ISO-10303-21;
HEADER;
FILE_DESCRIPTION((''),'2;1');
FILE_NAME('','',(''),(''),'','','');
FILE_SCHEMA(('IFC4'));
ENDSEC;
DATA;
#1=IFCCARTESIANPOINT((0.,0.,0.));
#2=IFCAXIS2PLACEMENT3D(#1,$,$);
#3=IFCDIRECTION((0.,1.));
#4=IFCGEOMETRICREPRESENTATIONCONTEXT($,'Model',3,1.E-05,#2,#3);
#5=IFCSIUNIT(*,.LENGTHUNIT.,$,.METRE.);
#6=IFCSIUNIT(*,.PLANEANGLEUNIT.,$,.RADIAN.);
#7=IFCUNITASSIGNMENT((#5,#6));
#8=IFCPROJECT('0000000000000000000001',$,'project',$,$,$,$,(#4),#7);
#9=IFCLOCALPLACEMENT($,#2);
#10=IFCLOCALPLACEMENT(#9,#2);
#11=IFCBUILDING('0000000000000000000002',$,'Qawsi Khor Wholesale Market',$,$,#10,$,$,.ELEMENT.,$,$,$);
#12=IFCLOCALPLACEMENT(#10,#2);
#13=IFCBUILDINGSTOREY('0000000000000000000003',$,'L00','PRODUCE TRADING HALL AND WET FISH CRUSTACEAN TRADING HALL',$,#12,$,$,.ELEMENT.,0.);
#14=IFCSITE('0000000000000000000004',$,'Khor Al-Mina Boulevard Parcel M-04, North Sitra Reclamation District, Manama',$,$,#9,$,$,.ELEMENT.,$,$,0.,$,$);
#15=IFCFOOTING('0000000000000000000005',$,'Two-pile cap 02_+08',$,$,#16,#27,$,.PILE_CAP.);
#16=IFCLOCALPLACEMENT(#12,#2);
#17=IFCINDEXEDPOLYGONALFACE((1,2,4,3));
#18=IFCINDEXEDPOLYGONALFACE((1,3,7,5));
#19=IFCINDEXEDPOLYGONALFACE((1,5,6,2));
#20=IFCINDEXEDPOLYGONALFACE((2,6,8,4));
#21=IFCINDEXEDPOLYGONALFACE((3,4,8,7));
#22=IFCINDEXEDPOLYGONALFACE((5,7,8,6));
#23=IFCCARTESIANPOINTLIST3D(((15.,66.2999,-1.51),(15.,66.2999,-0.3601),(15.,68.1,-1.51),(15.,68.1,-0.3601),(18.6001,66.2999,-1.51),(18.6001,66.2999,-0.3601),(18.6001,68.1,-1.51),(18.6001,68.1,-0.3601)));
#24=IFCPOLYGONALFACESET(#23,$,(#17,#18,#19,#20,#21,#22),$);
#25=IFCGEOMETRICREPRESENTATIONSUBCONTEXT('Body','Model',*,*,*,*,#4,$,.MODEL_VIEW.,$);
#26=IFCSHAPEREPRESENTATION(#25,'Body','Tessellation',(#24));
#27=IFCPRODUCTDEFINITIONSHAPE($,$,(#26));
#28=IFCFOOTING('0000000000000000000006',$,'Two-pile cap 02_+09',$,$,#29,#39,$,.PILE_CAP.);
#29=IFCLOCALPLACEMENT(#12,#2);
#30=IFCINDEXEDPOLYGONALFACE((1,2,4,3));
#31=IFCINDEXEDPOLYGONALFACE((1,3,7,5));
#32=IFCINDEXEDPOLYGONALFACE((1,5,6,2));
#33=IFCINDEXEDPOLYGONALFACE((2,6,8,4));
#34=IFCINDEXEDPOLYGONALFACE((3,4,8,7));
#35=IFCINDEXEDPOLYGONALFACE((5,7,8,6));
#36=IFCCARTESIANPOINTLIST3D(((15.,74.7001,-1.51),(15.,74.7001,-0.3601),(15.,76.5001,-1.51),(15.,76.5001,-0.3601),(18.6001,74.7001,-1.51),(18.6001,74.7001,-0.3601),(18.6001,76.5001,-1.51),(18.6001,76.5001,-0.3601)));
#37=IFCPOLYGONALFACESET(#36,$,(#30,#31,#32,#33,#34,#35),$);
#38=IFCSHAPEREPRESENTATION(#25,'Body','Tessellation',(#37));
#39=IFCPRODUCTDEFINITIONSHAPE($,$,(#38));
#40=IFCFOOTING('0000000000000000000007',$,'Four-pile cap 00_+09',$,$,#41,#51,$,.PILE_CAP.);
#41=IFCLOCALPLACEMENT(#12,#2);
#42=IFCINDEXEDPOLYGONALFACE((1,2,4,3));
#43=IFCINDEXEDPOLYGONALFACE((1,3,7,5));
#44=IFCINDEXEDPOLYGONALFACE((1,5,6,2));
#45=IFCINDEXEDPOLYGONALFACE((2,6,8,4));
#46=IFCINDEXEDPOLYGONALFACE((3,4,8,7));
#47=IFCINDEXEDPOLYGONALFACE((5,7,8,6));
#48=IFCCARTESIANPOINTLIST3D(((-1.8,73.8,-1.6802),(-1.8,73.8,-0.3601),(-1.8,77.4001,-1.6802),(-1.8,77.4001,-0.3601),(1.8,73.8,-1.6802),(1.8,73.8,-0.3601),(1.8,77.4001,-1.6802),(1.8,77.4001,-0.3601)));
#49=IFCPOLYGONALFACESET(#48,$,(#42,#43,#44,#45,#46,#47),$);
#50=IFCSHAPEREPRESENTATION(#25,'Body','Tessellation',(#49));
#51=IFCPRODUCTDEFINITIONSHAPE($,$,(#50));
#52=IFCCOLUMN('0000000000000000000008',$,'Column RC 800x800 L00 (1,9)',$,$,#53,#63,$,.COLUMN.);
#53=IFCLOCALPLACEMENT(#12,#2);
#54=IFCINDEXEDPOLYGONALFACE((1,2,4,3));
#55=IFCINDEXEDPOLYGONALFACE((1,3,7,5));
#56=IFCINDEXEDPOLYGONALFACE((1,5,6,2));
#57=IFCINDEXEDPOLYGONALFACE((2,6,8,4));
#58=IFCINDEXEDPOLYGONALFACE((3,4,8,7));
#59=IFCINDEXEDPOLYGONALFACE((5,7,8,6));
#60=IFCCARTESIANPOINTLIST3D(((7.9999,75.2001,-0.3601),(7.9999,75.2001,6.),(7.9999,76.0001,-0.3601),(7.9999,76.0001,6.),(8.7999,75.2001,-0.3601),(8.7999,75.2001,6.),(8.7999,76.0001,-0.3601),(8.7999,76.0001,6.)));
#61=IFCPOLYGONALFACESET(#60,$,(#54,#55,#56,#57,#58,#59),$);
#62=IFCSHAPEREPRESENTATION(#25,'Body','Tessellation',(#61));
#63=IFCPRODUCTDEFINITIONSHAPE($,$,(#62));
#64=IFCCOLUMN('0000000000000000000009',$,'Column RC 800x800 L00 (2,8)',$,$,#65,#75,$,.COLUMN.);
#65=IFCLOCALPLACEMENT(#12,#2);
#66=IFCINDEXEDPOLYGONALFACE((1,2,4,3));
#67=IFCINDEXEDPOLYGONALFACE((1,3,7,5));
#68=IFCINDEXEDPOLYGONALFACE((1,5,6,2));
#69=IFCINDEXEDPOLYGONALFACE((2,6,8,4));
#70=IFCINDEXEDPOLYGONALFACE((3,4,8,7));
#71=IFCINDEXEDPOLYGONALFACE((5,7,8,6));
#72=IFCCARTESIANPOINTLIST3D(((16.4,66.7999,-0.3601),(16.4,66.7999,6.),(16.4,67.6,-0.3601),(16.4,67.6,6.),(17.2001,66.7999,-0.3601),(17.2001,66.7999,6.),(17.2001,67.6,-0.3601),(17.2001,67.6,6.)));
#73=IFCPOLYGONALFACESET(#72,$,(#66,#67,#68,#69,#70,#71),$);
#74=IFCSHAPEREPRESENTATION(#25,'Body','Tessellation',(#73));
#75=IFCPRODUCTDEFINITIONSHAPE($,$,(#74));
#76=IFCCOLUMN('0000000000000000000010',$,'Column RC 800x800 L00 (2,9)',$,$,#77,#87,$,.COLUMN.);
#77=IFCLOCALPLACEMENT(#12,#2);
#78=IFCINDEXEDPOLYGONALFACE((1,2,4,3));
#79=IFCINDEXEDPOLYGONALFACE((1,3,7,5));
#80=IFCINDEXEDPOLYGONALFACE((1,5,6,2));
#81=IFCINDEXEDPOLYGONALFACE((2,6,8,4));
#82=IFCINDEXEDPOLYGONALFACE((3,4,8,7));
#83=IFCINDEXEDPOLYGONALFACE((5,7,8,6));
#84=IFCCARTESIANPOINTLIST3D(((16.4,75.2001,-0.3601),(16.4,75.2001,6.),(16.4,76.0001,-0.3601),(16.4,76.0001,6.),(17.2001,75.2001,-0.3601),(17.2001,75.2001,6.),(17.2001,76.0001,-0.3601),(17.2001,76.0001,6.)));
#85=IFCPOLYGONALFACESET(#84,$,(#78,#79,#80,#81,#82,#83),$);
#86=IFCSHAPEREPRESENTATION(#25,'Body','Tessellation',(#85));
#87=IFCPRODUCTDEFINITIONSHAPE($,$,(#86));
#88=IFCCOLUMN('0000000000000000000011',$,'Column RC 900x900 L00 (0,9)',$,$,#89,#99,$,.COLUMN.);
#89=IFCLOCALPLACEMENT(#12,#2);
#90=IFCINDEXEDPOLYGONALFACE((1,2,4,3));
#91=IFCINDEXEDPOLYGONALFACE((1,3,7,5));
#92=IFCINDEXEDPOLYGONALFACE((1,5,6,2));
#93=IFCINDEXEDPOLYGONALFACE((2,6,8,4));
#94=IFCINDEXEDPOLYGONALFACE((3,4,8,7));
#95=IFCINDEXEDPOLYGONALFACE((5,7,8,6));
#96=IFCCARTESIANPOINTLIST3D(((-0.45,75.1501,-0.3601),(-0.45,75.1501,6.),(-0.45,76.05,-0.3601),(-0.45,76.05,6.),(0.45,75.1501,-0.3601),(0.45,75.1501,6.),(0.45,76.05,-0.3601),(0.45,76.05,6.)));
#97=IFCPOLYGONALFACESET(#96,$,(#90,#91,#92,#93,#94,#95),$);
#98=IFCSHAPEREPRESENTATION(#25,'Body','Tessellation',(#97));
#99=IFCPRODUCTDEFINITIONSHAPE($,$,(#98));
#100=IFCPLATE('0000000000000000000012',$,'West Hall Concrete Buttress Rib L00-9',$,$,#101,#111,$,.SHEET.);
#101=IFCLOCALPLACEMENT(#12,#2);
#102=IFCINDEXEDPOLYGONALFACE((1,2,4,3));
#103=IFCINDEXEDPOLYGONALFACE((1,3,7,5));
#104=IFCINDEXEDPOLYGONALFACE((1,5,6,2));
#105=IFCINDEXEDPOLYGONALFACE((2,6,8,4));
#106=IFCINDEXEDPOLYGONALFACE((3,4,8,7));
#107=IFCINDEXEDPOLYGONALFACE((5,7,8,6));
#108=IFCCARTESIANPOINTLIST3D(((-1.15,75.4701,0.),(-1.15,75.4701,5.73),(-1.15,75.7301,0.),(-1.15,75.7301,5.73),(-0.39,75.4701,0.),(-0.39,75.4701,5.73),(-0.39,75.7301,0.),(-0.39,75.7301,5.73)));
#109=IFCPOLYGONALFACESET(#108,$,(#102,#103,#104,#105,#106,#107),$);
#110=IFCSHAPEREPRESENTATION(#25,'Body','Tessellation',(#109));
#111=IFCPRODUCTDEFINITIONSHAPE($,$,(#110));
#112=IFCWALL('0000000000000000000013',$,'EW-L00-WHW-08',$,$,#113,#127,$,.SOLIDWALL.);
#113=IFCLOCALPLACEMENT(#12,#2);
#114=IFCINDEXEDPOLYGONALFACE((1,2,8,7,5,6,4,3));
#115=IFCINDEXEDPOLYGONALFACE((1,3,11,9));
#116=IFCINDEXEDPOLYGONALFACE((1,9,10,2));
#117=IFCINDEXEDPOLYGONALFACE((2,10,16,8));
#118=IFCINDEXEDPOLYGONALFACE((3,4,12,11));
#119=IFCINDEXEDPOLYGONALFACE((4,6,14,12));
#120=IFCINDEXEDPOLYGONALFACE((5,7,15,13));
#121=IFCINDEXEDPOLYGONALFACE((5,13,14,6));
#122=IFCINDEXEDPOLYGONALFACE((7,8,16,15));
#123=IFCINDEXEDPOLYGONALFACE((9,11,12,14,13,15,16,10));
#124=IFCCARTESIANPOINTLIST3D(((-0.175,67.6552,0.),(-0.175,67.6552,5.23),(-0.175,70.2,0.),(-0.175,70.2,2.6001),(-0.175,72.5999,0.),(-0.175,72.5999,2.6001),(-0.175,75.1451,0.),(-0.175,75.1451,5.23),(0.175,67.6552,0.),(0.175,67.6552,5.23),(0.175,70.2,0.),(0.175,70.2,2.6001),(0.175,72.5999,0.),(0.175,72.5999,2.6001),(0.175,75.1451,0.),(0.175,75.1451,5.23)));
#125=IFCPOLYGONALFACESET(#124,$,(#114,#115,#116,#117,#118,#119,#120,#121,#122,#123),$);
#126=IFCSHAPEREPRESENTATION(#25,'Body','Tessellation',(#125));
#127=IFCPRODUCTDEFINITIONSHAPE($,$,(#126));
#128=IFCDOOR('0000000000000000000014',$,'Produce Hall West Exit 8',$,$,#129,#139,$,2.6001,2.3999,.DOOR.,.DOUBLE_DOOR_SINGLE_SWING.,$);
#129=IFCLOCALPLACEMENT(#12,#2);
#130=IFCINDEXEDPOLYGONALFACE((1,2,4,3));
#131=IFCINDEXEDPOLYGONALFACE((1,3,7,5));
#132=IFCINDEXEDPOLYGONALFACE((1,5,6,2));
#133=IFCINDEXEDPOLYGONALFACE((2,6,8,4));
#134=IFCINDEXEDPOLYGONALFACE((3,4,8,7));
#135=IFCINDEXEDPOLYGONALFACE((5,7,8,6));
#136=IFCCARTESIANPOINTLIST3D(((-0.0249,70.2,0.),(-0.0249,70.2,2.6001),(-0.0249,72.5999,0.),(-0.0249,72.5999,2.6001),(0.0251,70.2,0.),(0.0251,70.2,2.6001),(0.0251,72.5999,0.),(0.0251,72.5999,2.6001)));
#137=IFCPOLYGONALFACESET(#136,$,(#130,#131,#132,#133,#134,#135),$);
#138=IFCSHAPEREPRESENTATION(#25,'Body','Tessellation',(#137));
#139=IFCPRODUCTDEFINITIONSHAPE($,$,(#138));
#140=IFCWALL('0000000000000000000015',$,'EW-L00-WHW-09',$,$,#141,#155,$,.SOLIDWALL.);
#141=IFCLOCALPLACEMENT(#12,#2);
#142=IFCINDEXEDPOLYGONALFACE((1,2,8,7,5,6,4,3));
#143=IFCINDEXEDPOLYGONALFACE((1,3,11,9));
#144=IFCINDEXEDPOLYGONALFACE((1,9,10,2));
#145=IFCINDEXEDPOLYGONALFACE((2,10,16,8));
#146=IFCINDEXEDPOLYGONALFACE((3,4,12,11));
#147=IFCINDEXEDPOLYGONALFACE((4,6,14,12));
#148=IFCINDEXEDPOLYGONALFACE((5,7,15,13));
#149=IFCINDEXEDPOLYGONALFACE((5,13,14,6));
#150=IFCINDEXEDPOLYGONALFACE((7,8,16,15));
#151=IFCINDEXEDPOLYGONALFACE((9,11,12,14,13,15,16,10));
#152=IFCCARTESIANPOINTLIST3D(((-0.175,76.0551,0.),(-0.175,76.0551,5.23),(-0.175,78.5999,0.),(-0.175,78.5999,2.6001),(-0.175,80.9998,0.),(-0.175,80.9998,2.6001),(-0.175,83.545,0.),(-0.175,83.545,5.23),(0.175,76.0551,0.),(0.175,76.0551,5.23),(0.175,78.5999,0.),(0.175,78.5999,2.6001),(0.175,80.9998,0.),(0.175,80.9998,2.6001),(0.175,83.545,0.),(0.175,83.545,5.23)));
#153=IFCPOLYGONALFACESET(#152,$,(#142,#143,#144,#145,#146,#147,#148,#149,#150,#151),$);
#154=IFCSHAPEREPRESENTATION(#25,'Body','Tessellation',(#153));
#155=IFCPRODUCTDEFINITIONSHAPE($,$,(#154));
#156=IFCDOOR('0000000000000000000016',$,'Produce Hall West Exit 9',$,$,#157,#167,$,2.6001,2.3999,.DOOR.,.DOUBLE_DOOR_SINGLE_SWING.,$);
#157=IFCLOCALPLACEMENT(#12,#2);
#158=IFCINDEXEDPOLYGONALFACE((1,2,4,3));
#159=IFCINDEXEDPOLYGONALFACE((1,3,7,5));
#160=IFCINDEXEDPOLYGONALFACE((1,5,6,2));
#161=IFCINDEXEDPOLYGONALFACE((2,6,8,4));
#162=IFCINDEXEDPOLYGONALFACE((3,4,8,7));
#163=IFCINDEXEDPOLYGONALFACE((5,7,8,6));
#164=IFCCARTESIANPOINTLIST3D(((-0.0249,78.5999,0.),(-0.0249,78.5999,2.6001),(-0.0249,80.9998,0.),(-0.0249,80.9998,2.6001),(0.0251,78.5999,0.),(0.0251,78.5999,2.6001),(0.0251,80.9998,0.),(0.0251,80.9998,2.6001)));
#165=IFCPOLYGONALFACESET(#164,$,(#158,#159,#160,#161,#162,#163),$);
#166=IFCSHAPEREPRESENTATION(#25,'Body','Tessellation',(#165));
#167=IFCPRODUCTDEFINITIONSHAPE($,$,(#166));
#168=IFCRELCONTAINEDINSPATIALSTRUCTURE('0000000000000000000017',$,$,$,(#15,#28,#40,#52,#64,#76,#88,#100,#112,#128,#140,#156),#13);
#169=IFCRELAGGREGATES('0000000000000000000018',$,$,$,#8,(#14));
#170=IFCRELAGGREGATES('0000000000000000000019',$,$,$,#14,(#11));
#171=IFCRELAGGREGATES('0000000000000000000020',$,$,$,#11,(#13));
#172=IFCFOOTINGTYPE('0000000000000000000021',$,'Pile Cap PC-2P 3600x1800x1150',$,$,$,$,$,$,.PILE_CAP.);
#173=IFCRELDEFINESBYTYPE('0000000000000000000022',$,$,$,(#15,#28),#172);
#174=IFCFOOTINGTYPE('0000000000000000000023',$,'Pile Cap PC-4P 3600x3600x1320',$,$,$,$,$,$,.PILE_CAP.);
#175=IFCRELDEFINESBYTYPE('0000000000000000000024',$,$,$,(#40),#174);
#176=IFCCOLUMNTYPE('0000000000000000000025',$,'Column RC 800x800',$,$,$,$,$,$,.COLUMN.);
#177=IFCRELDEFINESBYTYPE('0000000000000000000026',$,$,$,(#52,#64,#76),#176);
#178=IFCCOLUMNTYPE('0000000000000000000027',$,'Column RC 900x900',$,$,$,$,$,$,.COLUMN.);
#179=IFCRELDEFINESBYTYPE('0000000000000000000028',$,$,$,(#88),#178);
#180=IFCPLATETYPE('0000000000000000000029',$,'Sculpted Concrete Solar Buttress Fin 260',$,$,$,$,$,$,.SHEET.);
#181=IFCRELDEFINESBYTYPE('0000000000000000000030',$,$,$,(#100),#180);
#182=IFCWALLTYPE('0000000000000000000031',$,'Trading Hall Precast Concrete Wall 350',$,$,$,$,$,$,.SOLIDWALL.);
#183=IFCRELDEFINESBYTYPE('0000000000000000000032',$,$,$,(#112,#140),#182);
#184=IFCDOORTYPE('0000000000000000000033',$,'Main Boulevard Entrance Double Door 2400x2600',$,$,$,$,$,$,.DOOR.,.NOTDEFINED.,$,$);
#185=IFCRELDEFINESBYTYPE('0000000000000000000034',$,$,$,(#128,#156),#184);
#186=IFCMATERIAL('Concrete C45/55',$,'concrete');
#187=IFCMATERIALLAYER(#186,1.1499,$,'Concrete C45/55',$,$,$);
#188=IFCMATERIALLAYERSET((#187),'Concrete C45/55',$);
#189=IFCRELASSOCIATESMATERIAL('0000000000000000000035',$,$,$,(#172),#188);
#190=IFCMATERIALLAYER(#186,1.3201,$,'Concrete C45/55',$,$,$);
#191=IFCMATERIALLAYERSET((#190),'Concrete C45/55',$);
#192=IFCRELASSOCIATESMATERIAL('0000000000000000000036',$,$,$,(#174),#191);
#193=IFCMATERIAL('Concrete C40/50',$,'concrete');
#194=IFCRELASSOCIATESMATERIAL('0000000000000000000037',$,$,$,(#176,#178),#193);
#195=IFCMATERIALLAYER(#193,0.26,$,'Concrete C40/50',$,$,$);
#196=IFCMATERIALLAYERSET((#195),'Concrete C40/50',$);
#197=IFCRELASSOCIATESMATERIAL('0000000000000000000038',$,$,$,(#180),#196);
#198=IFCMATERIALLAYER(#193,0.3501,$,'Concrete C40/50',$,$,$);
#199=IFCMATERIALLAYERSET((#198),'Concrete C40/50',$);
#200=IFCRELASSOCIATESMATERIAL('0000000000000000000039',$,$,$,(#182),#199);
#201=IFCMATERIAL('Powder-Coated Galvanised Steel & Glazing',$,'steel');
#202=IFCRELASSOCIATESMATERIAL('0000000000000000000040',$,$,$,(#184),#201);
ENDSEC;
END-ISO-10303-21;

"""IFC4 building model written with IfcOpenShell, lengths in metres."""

from ifc_helpers import new_model, si_unit, direction, frame, frame_2d, origin, origin_2d, place, context, subcontext, project, spatial, rectangle, extrude, material, layer, layer_set, material_profile, profile_set, type_object, element, fill, save


model = new_model("IFC4")

# Units and contexts
model_context = context("Model", 3, precision=1e-05, world=origin(), true_north=direction((0.0, 1.0)))
body_context = subcontext(model_context, "Body", "Model", "MODEL_VIEW")
ifc_project = project(units=[si_unit("LENGTHUNIT", "METRE"), si_unit("PLANEANGLEUNIT", "RADIAN")], contexts=[model_context])

# Site, building, storey
site_placement = place(None, origin())
site = spatial("IfcSite", under=ifc_project, at=site_placement, Name="Khor Al-Mina Boulevard Parcel M-04, North Sitra Reclamation District, Manama", CompositionType="ELEMENT", RefElevation=0.0)
building_placement = place(site_placement, origin())
building = spatial("IfcBuilding", under=site, at=building_placement, Name="Qawsi Khor Wholesale Market", CompositionType="ELEMENT")
storey_placement = place(building_placement, origin())
storey = spatial("IfcBuildingStorey", under=building, at=storey_placement, Name="L00", Description="PRODUCE TRADING HALL AND WET FISH CRUSTACEAN TRADING HALL", CompositionType="ELEMENT", Elevation=0.0)

# Shared definitions
ifc_material_1 = material(Name="Concrete C45/55", Category="concrete")

# Footings
ifc_layer_1 = layer(ifc_material_1, 1.1499, Name="Concrete C45/55")
ifc_layer_set_1 = layer_set([ifc_layer_1], Name="Concrete C45/55")
footing_type_1 = type_object("IfcFootingType", Name="Pile Cap PC-2P 3600x1800x1150", PredefinedType="PILE_CAP", material=ifc_layer_set_1)
for number, where, z_axis, x_axis, name in (
    (1, (16.8, 67.2, -1.51), (0.0, 0.0, 1.0), (1.0, 0.0, 0.0), "Two-pile cap 02_+08"),
    (2, (16.8, 75.6001, -1.51), (0.0, 0.0, 1.0), (1.0, 0.0, 0.0), "Two-pile cap 02_+09"),
):
    element("IfcFooting", number, at=place(storey_placement, frame(where, z_axis=z_axis, x_axis=x_axis)), inside=storey, type_object=footing_type_1, Name=name, PredefinedType="PILE_CAP", context=body_context, shape_type="SweptSolid", body=[
        extrude(rectangle(XDim=3.6001, YDim=1.8, at=origin_2d()), origin(), (0.0, 0.0, 1.0), 1.1499),
    ])
ifc_layer_2 = layer(ifc_material_1, 1.3201, Name="Concrete C45/55")
ifc_layer_set_2 = layer_set([ifc_layer_2], Name="Concrete C45/55")
footing_type_2 = type_object("IfcFootingType", Name="Pile Cap PC-4P 3600x3600x1320", PredefinedType="PILE_CAP", material=ifc_layer_set_2)
footing_1_placement = place(storey_placement, frame((0.0, 75.6001, -1.6802), z_axis=(0.0, 0.0, 1.0), x_axis=(1.0, 0.0, 0.0)))
element("IfcFooting", 3, at=footing_1_placement, inside=storey, type_object=footing_type_2, Name="Four-pile cap 00_+09", PredefinedType="PILE_CAP", context=body_context, shape_type="SweptSolid", body=[
    extrude(rectangle(XDim=3.6001, YDim=3.6001, at=origin_2d()), origin(), (0.0, 0.0, 1.0), 1.3201),
])

# Columns
ifc_material_2 = material(Name="Concrete C40/50", Category="concrete")
ifc_material_profile_1 = material_profile(ifc_material_2, rectangle(XDim=0.8, YDim=0.8, at=origin_2d()), Name="RC 800x800")
ifc_profile_set_1 = profile_set([ifc_material_profile_1], Name="Concrete C40/50")
column_type_1 = type_object("IfcColumnType", Name="Column RC 800x800", PredefinedType="COLUMN", material=ifc_profile_set_1)
for number, where, z_axis, x_axis, name in (
    (4, (8.3999, 75.6001, -0.3601), (0.0, 0.0, 1.0), (1.0, 0.0, 0.0), "Column RC 800x800 L00 (1,9)"),
    (5, (16.8, 67.2, -0.3601), (0.0, 0.0, 1.0), (1.0, 0.0, 0.0), "Column RC 800x800 L00 (2,8)"),
    (6, (16.8, 75.6001, -0.3601), (0.0, 0.0, 1.0), (1.0, 0.0, 0.0), "Column RC 800x800 L00 (2,9)"),
):
    element("IfcColumn", number, at=place(storey_placement, frame(where, z_axis=z_axis, x_axis=x_axis)), inside=storey, type_object=column_type_1, Name=name, PredefinedType="COLUMN", context=body_context, shape_type="SweptSolid", body=[
        extrude(rectangle(XDim=0.8, YDim=0.8, at=origin_2d()), origin(), (0.0, 0.0, 1.0), 6.3601),
    ])
ifc_material_profile_2 = material_profile(ifc_material_2, rectangle(XDim=0.8999, YDim=0.8999, at=origin_2d()), Name="RC 900x900")
ifc_profile_set_2 = profile_set([ifc_material_profile_2], Name="Concrete C40/50")
column_type_2 = type_object("IfcColumnType", Name="Column RC 900x900", PredefinedType="COLUMN", material=ifc_profile_set_2)
column_placement = place(storey_placement, frame((0.0, 75.6001, -0.3601), z_axis=(0.0, 0.0, 1.0), x_axis=(1.0, 0.0, 0.0)))
element("IfcColumn", 7, at=column_placement, inside=storey, type_object=column_type_2, Name="Column RC 900x900 L00 (0,9)", PredefinedType="COLUMN", context=body_context, shape_type="SweptSolid", body=[
    extrude(rectangle(XDim=0.8999, YDim=0.8999, at=origin_2d()), origin(), (0.0, 0.0, 1.0), 6.3601),
])

# Plate
ifc_layer_3 = layer(ifc_material_2, 0.26, Name="Concrete C40/50")
ifc_layer_set_3 = layer_set([ifc_layer_3], Name="Concrete C40/50")
plate_type = type_object("IfcPlateType", Name="Sculpted Concrete Solar Buttress Fin 260", PredefinedType="SHEET", material=ifc_layer_set_3)
plate_placement = place(storey_placement, frame((-1.1499, 75.6001, 0.0), z_axis=(0.0, 0.0, 1.0), x_axis=(1.0, 0.0, 0.0)))
element("IfcPlate", 8, at=plate_placement, inside=storey, type_object=plate_type, Name="West Hall Concrete Buttress Rib L00-9", PredefinedType="SHEET", context=body_context, shape_type="SweptSolid", body=[
    extrude(rectangle(XDim=0.76, YDim=0.26, at=frame_2d((0.3799, 0.0))), origin(), (0.0, 0.0, 1.0), 5.73),
])

# Walls, openings, doors
ifc_layer_4 = layer(ifc_material_2, 0.3501, Name="Concrete C40/50")
ifc_layer_set_4 = layer_set([ifc_layer_4], Name="Concrete C40/50")
wall_type = type_object("IfcWallType", Name="Trading Hall Precast Concrete Wall 350", PredefinedType="SOLIDWALL", material=ifc_layer_set_4)
wall_1_placement = place(storey_placement, frame((0.0, 67.655, 0.0), z_axis=(0.0, 0.0, 1.0), x_axis=(0.0, 1.0, 0.0)))
wall_1 = element("IfcWall", 9, at=wall_1_placement, inside=storey, type_object=wall_type, Name="EW-L00-WHW-08", PredefinedType="SOLIDWALL", context=body_context, shape_type="SweptSolid", body=[
    extrude(rectangle(XDim=7.49, YDim=0.3501, at=frame_2d((3.7451, 0.0))), origin(), (0.0, 0.0, 1.0), 5.23),
])
opening_1_placement = place(wall_1_placement, frame((2.5449, 0.0, 0.0)))
opening_1 = element("IfcOpeningElement", 10, at=opening_1_placement, cuts=wall_1, PredefinedType="OPENING", context=body_context, shape_type="SweptSolid", body=[
    extrude(rectangle(XDim=2.3999, YDim=2.6001, at=frame_2d((1.2, 1.3))), frame((0.0, 0.1851, 0.0), z_axis=(0.0, -1.0, 0.0), x_axis=(1.0, 0.0, 0.0)), (0.0, 0.0, 1.0), 0.3701),
])
ifc_material_3 = material(Name="Powder-Coated Galvanised Steel & Glazing", Category="steel")
door_type = type_object("IfcDoorType", Name="Main Boulevard Entrance Double Door 2400x2600", OperationType="NOTDEFINED", PredefinedType="DOOR", material=ifc_material_3)
door_1_placement = place(opening_1_placement, origin())
door_1 = element("IfcDoor", 11, at=door_1_placement, inside=storey, type_object=door_type, Name="Produce Hall West Exit 8", OperationType="DOUBLE_DOOR_SINGLE_SWING", OverallHeight=2.6001, OverallWidth=2.3999, PredefinedType="DOOR", context=body_context, shape_type="SweptSolid", body=[
    extrude(rectangle(XDim=2.3999, YDim=2.6001, at=frame_2d((1.2, 1.3))), frame((0.0, 0.0249, 0.0), z_axis=(0.0, -1.0, 0.0), x_axis=(1.0, 0.0, 0.0)), (0.0, 0.0, 1.0), 0.05),
])
fill(opening_1, door_1)
wall_2_placement = place(storey_placement, frame((0.0, 76.0549, 0.0), z_axis=(0.0, 0.0, 1.0), x_axis=(0.0, 1.0, 0.0)))
wall_2 = element("IfcWall", 12, at=wall_2_placement, inside=storey, type_object=wall_type, Name="EW-L00-WHW-09", PredefinedType="SOLIDWALL", context=body_context, shape_type="SweptSolid", body=[
    extrude(rectangle(XDim=7.49, YDim=0.3501, at=frame_2d((3.7451, 0.0))), origin(), (0.0, 0.0, 1.0), 5.23),
])
opening_2_placement = place(wall_2_placement, frame((2.5449, 0.0, 0.0)))
opening_2 = element("IfcOpeningElement", 13, at=opening_2_placement, cuts=wall_2, PredefinedType="OPENING", context=body_context, shape_type="SweptSolid", body=[
    extrude(rectangle(XDim=2.3999, YDim=2.6001, at=frame_2d((1.2, 1.3))), frame((0.0, 0.1851, 0.0), z_axis=(0.0, -1.0, 0.0), x_axis=(1.0, 0.0, 0.0)), (0.0, 0.0, 1.0), 0.3701),
])
door_2_placement = place(opening_2_placement, origin())
door_2 = element("IfcDoor", 14, at=door_2_placement, inside=storey, type_object=door_type, Name="Produce Hall West Exit 9", OperationType="DOUBLE_DOOR_SINGLE_SWING", OverallHeight=2.6001, OverallWidth=2.3999, PredefinedType="DOOR", context=body_context, shape_type="SweptSolid", body=[
    extrude(rectangle(XDim=2.3999, YDim=2.6001, at=frame_2d((1.2, 1.3))), frame((0.0, 0.0249, 0.0), z_axis=(0.0, -1.0, 0.0), x_axis=(1.0, 0.0, 0.0)), (0.0, 0.0, 1.0), 0.05),
])
fill(opening_2, door_2)

save(model, "model.ifc")
